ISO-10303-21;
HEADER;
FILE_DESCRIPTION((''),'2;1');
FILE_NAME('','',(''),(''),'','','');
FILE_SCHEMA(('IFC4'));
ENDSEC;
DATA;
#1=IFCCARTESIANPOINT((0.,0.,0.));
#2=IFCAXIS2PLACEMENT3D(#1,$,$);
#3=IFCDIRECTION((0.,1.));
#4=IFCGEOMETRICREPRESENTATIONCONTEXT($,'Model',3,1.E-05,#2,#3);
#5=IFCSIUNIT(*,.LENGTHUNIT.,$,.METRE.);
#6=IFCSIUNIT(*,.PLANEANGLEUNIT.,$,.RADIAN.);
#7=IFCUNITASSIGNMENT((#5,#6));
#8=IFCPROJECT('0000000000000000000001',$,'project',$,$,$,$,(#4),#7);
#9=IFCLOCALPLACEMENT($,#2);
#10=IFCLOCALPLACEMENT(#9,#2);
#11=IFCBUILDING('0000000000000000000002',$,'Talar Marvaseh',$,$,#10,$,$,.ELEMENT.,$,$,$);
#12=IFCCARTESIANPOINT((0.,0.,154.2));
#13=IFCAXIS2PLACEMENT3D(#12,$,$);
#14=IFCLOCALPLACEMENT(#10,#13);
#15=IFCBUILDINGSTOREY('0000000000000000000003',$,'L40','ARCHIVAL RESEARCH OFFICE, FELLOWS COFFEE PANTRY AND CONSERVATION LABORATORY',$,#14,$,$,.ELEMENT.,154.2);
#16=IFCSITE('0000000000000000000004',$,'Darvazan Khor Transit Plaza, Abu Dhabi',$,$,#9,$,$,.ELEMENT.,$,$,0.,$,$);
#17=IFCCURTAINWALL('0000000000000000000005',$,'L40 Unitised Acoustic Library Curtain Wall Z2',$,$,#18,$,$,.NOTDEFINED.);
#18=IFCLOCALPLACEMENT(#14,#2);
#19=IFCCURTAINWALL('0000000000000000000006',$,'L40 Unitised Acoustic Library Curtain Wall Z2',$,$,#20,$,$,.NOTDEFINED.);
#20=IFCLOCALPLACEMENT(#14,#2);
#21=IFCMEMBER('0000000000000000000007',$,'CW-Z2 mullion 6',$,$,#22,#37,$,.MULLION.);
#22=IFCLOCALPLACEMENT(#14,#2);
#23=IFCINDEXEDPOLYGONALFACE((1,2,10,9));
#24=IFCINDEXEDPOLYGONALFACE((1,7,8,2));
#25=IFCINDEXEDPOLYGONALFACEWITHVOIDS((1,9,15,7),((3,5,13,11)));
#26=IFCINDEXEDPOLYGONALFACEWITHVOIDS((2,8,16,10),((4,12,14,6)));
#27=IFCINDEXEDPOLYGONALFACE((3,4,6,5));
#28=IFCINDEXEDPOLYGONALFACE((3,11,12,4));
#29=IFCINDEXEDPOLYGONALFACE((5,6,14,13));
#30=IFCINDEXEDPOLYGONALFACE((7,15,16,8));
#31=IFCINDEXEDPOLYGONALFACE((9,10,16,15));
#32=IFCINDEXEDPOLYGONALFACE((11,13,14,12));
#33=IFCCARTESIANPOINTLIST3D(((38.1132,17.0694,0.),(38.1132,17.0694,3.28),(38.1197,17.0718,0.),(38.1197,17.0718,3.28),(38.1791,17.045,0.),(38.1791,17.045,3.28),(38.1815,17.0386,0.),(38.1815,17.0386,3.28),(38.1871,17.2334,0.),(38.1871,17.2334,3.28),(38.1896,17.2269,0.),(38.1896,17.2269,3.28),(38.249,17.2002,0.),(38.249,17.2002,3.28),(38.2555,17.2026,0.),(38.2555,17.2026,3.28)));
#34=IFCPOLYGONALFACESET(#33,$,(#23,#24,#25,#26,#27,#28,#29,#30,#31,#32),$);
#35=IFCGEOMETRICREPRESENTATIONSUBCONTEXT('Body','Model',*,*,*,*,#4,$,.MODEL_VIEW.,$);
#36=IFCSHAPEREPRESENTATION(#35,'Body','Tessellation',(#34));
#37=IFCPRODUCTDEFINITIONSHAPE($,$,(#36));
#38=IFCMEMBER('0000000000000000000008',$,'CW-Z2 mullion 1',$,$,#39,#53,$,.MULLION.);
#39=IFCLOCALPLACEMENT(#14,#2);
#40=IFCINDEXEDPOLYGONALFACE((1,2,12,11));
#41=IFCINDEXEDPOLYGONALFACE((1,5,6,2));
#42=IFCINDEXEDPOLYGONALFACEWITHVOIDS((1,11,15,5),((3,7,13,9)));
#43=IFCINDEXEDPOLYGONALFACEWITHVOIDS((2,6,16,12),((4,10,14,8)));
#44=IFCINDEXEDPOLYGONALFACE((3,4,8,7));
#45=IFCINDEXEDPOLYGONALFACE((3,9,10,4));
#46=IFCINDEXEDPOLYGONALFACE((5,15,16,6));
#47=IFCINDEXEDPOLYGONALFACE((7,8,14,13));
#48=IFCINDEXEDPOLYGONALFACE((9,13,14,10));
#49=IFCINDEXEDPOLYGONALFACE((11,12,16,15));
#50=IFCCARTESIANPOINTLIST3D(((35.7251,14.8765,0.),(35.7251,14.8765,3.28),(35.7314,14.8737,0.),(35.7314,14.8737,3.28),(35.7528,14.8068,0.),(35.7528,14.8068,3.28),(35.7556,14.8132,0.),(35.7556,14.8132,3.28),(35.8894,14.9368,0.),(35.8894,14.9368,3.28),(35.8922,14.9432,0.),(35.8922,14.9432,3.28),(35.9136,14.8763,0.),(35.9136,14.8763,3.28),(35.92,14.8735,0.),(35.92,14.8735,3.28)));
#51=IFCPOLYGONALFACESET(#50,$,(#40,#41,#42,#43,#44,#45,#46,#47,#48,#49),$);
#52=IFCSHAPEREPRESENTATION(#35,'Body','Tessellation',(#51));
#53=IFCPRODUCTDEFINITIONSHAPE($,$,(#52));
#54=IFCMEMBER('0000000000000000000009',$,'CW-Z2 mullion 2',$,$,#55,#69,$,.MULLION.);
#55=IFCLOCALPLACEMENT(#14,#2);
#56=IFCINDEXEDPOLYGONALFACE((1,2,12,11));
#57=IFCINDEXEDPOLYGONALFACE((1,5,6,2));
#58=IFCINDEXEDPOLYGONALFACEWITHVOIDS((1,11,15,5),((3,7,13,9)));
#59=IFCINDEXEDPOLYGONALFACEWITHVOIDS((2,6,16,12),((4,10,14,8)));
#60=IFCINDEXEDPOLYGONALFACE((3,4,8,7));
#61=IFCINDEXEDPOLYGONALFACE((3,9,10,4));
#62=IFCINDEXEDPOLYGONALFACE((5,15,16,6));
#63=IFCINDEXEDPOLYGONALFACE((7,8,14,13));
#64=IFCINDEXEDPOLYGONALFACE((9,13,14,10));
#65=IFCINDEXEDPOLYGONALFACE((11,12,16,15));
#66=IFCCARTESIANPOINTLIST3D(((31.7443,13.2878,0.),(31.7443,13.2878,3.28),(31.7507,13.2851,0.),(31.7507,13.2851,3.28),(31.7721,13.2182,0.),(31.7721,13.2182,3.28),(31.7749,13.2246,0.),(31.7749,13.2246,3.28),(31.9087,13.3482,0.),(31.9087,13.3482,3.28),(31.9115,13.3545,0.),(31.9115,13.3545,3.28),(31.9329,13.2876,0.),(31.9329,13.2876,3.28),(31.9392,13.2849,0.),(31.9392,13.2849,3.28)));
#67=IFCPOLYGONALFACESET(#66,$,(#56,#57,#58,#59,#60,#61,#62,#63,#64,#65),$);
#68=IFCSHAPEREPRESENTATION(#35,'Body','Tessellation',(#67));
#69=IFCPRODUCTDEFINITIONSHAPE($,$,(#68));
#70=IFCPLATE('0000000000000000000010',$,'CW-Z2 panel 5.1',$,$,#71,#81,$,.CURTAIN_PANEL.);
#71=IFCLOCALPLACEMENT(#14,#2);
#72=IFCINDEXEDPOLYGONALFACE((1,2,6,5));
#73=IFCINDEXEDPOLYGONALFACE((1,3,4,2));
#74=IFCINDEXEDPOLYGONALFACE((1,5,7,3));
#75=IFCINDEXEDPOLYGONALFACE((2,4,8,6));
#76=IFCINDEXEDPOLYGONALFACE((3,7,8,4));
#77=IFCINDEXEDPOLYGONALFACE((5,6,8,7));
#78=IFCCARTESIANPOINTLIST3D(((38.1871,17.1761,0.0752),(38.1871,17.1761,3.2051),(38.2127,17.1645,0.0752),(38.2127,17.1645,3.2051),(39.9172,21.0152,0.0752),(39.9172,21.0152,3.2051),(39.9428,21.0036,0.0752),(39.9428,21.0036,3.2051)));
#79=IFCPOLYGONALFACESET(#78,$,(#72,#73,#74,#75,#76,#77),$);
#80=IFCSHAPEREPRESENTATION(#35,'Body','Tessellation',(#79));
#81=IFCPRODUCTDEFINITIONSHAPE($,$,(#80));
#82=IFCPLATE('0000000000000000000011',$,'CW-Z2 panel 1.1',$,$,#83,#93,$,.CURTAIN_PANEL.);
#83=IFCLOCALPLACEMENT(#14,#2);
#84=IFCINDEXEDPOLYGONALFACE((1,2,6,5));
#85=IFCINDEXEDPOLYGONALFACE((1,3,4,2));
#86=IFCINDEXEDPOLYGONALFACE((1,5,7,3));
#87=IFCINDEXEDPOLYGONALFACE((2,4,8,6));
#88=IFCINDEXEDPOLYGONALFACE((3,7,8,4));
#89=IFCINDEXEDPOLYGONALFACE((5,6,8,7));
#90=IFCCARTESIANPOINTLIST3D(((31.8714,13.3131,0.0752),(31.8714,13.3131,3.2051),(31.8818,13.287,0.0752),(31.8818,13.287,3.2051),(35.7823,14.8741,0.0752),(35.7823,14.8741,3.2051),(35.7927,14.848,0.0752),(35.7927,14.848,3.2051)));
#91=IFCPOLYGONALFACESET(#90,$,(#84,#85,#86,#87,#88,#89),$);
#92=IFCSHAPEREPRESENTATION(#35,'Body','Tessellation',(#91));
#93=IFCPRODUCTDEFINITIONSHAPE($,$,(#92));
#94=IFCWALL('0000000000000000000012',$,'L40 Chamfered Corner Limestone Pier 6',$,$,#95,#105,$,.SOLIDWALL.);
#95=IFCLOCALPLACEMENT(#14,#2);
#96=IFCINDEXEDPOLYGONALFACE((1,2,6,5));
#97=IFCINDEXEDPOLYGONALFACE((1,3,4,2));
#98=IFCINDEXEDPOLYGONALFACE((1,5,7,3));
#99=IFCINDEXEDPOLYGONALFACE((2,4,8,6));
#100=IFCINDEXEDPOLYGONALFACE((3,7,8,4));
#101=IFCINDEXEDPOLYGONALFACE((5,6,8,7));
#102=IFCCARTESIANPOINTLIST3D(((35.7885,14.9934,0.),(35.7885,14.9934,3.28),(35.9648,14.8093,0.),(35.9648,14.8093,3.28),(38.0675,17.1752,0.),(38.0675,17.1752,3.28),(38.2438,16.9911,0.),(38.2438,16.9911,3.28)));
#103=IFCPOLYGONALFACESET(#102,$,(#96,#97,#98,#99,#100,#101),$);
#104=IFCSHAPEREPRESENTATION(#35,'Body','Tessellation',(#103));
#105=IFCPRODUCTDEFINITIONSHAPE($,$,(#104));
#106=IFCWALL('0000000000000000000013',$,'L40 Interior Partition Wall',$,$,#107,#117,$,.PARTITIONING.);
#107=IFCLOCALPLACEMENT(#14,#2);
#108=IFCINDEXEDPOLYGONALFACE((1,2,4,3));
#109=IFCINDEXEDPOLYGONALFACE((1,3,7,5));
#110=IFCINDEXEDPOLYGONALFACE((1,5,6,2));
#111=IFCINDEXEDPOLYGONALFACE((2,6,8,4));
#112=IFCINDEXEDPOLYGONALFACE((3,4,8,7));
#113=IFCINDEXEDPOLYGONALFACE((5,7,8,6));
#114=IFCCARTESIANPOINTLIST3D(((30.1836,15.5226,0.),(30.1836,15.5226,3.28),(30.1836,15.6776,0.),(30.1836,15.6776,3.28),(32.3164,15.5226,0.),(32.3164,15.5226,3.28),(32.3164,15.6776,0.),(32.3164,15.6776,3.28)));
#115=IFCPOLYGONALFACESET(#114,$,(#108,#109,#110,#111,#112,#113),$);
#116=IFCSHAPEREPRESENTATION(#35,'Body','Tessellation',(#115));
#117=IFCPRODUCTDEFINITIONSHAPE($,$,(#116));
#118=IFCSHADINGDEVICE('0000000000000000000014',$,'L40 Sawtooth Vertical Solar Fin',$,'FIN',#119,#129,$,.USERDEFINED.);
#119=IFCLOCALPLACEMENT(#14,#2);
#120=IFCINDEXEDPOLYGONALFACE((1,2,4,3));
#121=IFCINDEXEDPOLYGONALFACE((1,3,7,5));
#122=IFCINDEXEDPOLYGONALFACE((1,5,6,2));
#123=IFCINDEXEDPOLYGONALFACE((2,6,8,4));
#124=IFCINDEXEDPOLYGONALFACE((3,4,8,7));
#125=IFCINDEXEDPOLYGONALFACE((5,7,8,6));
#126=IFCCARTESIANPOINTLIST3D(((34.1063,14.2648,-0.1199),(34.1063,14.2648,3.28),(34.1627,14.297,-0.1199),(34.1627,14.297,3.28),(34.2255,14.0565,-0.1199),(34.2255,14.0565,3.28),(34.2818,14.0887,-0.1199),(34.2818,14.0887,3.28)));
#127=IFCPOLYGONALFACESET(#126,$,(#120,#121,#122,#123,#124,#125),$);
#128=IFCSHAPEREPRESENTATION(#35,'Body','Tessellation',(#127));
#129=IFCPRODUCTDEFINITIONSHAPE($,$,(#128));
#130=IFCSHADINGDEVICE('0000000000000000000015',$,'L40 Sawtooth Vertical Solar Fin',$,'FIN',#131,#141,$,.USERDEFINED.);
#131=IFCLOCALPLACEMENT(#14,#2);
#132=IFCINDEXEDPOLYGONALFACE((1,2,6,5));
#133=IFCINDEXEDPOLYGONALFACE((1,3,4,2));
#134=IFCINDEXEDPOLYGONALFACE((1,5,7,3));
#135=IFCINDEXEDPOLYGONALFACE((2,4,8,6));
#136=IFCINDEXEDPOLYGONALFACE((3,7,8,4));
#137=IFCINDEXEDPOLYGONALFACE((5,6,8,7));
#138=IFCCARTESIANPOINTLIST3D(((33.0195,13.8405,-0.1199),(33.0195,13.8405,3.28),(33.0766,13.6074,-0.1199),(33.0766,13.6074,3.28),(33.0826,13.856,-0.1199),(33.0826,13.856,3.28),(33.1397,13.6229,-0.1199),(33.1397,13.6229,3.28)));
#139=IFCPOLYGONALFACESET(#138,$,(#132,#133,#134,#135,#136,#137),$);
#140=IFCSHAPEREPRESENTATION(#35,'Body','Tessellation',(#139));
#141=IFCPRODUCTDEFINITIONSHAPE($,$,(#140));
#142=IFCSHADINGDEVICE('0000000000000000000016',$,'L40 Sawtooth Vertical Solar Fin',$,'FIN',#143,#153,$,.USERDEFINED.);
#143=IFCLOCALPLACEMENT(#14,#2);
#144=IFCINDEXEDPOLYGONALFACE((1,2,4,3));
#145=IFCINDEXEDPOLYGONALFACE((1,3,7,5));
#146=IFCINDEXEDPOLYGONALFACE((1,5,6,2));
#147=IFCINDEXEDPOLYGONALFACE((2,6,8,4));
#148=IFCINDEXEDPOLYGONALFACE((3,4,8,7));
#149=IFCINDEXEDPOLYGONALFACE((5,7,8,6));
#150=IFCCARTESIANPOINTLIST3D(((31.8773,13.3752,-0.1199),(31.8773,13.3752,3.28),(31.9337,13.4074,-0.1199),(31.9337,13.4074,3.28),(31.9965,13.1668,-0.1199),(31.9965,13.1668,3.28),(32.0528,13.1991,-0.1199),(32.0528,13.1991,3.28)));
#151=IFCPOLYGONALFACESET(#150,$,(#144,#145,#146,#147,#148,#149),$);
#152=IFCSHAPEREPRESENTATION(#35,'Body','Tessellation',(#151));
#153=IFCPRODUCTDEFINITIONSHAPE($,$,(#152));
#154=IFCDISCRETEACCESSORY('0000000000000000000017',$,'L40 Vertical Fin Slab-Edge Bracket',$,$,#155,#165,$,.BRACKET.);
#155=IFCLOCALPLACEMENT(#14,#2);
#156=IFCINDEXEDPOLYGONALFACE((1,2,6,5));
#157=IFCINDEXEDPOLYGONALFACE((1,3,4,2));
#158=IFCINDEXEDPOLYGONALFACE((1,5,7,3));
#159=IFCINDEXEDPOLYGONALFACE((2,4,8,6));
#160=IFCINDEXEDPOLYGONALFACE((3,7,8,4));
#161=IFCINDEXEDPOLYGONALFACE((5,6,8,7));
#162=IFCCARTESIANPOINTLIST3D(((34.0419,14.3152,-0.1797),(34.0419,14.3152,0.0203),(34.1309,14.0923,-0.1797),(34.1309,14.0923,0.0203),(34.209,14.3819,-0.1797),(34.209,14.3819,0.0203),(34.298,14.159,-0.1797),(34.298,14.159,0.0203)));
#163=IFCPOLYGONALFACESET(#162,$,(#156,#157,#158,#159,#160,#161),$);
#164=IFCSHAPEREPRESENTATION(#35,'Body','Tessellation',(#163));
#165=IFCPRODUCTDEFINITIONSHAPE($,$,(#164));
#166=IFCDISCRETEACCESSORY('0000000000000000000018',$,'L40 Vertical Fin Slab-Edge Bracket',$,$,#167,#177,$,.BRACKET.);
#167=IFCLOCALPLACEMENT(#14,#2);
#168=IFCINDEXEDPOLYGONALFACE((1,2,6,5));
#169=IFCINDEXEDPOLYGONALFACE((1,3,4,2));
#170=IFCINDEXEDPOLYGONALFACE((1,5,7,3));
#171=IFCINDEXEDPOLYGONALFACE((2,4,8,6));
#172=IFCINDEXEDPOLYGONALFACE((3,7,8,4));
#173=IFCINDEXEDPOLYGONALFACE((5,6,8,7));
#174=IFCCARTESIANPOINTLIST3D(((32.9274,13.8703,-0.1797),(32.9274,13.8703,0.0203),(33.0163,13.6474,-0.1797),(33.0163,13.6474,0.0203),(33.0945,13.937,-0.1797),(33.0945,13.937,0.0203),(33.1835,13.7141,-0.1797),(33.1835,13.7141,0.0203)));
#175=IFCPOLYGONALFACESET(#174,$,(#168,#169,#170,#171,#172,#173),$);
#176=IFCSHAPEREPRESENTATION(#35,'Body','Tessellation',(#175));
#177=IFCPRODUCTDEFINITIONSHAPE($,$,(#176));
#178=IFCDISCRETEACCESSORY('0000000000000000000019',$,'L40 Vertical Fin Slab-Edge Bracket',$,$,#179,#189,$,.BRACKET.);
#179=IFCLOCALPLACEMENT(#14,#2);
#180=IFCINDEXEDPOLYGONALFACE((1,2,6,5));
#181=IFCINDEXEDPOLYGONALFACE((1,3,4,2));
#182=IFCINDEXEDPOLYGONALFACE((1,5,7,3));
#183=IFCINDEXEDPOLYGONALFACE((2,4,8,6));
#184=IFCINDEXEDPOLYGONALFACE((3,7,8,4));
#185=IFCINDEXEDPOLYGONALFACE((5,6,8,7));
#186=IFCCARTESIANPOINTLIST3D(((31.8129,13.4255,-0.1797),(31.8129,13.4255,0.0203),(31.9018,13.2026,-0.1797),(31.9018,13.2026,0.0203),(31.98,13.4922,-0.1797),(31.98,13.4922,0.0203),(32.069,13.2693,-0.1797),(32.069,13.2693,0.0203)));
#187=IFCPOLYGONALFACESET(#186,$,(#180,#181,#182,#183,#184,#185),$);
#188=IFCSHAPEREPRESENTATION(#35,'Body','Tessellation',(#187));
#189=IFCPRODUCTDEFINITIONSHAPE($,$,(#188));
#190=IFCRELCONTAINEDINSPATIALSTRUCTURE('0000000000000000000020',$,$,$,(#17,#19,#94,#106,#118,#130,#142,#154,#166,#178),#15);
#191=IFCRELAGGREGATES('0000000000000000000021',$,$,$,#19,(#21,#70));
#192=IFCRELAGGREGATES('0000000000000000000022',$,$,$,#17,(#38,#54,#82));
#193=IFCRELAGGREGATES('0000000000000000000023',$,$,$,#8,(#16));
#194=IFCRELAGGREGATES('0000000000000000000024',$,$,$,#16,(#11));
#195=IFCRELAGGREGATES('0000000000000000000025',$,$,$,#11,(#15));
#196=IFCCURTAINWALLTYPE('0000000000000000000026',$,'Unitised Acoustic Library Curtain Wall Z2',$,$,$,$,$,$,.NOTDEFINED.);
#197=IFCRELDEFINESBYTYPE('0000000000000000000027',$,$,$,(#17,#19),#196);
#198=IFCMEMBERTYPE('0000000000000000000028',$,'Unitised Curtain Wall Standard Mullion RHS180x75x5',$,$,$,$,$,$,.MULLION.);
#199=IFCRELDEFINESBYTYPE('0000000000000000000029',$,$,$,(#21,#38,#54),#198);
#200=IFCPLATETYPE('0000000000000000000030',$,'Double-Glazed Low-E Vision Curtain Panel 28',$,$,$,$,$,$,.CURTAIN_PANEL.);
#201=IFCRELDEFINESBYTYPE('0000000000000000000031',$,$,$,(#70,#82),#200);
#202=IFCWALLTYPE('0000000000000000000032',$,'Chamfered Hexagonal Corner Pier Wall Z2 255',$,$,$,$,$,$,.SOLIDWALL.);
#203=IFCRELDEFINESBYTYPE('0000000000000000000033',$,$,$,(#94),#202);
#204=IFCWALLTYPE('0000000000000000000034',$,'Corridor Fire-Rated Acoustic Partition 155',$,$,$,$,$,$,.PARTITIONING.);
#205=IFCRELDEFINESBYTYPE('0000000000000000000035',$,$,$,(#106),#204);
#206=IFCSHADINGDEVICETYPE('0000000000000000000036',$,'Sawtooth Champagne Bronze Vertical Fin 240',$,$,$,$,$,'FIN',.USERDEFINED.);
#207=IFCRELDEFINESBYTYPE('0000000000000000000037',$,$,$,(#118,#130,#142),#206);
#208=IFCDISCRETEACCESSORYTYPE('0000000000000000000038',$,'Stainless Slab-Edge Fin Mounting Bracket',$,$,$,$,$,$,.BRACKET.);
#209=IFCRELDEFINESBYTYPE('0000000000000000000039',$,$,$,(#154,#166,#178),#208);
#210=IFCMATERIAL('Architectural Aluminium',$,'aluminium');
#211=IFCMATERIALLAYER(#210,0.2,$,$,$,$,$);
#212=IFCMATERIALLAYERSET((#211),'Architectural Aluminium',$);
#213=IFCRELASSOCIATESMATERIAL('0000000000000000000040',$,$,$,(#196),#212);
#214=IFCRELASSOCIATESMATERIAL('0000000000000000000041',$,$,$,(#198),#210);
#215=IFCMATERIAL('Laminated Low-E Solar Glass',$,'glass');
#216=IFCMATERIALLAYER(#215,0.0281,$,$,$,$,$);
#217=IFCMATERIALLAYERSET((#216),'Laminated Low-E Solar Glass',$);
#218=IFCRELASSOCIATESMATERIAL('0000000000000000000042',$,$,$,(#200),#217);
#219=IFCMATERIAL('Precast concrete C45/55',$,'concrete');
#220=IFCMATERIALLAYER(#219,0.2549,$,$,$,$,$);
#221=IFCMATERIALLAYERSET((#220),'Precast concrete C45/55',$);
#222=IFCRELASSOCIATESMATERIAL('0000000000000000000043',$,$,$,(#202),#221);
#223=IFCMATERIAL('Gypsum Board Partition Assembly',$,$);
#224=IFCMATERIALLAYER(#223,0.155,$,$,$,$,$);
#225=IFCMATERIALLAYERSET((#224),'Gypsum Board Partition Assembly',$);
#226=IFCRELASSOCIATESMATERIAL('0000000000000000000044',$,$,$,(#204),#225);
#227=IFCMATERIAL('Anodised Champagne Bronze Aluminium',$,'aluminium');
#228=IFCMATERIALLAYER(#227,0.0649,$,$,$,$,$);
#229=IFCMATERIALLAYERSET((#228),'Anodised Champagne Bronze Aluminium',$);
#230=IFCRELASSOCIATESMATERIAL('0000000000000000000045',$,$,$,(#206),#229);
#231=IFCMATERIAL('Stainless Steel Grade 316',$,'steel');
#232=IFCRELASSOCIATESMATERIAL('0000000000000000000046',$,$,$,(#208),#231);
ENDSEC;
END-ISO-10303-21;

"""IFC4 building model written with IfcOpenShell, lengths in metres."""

from ifc_helpers import new_model, si_unit, direction, frame, frame_2d, origin, origin_2d, place, context, subcontext, project, spatial, rectangle, hollow_rectangle, extrude, source, transform, mapped, material, layer, layer_set, material_profile, profile_set, type_object, type_shapes, element, aggregate, save


model = new_model("IFC4")

# Units and contexts
model_context = context("Model", 3, precision=1e-05, world=origin(), true_north=direction((0.0, 1.0)))
body_context = subcontext(model_context, "Body", "Model", "MODEL_VIEW")
ifc_project = project(units=[si_unit("LENGTHUNIT", "METRE"), si_unit("PLANEANGLEUNIT", "RADIAN")], contexts=[model_context])

# Site, building, storey
site_placement = place(None, origin())
site = spatial("IfcSite", under=ifc_project, at=site_placement, Name="Darvazan Khor Transit Plaza, Abu Dhabi", CompositionType="ELEMENT", RefElevation=0.0)
building_placement = place(site_placement, origin())
building = spatial("IfcBuilding", under=site, at=building_placement, Name="Talar Marvaseh", CompositionType="ELEMENT")
storey_placement = place(building_placement, frame((0.0, 0.0, 154.2)))
storey = spatial("IfcBuildingStorey", under=building, at=storey_placement, Name="L40", Description="ARCHIVAL RESEARCH OFFICE, FELLOWS COFFEE PANTRY AND CONSERVATION LABORATORY", CompositionType="ELEMENT", Elevation=154.2)

# Curtain wall
ifc_material_1 = material(Name="Architectural Aluminium", Category="aluminium")
ifc_layer_1 = layer(ifc_material_1, 0.2)
ifc_layer_set_1 = layer_set([ifc_layer_1], Name="Architectural Aluminium")
curtain_wall_type = type_object("IfcCurtainWallType", Name="Unitised Acoustic Library Curtain Wall Z2", PredefinedType="NOTDEFINED", material=ifc_layer_set_1)
curtain_wall_1_placement = place(storey_placement, origin())
curtain_wall_1 = element("IfcCurtainWall", 1, at=curtain_wall_1_placement, inside=storey, type_object=curtain_wall_type, Name="L40 Unitised Acoustic Library Curtain Wall Z2", PredefinedType="NOTDEFINED")

# Curtain wall, member
curtain_wall_2_placement = place(storey_placement, origin())
curtain_wall_2 = element("IfcCurtainWall", 2, at=curtain_wall_2_placement, inside=storey, type_object=curtain_wall_type, Name="L40 Unitised Acoustic Library Curtain Wall Z2", PredefinedType="NOTDEFINED")
ifc_material_profile_1 = material_profile(ifc_material_1, hollow_rectangle(XDim=0.075, YDim=0.1799, WallThickness=0.0049, at=origin_2d()), Name="RHS180x75x5")
ifc_profile_set_1 = profile_set([ifc_material_profile_1], Name="Architectural Aluminium")
member_type_1 = type_object("IfcMemberType", Name="Unitised Curtain Wall Standard Mullion RHS180x75x5", PredefinedType="MULLION", material=ifc_profile_set_1)
shared_shape_1 = source(origin(), body_context, "Body", "SweptSolid", [
    extrude(hollow_rectangle(XDim=0.075, YDim=0.1799, WallThickness=0.0049, at=origin_2d()), origin(), (0.0, 0.0, 1.0), 3.28),
])
type_shapes(member_type_1, [shared_shape_1])
member_1_placement = place(storey_placement, frame((38.1843, 17.136, 0.0), z_axis=(0.0, 0.0, 1.0), x_axis=(0.911697, -0.410862, 0.0)))
member_1 = element("IfcMember", 3, at=member_1_placement, type_object=member_type_1, Name="CW-Z2 mullion 6", PredefinedType="MULLION", context=body_context, shape_type="MappedRepresentation", body=[
    mapped(shared_shape_1, transform((0.0, 0.0, 0.0), x_axis=(1.0, 0.0, 0.0), y_axis=(0.0, 1.0, 0.0), z_axis=(0.0, 0.0, 1.0), scale=1.0)),
])

# Members
member_2_placement = place(storey_placement, frame((35.8225, 14.875, 0.0), z_axis=(0.0, 0.0, 1.0), x_axis=(0.370702, -0.928752, 0.0)))
member_2 = element("IfcMember", 4, at=member_2_placement, type_object=member_type_1, Name="CW-Z2 mullion 1", PredefinedType="MULLION", context=body_context, shape_type="MappedRepresentation", body=[
    mapped(shared_shape_1, transform((0.0, 0.0, 0.0), x_axis=(1.0, 0.0, 0.0), y_axis=(0.0, 1.0, 0.0), z_axis=(0.0, 0.0, 1.0), scale=1.0)),
])
member_3_placement = place(storey_placement, frame((31.8418, 13.2864, 0.0), z_axis=(0.0, 0.0, 1.0), x_axis=(0.370702, -0.928752, 0.0)))
member_3 = element("IfcMember", 5, at=member_3_placement, type_object=member_type_1, Name="CW-Z2 mullion 2", PredefinedType="MULLION", context=body_context, shape_type="MappedRepresentation", body=[
    mapped(shared_shape_1, transform((0.0, 0.0, 0.0), x_axis=(1.0, 0.0, 0.0), y_axis=(0.0, 1.0, 0.0), z_axis=(0.0, 0.0, 1.0), scale=1.0)),
])

# Plates
ifc_material_2 = material(Name="Laminated Low-E Solar Glass", Category="glass")
ifc_layer_2 = layer(ifc_material_2, 0.0281)
ifc_layer_set_2 = layer_set([ifc_layer_2], Name="Laminated Low-E Solar Glass")
plate_type = type_object("IfcPlateType", Name="Double-Glazed Low-E Vision Curtain Panel 28", PredefinedType="CURTAIN_PANEL", material=ifc_layer_set_2)
shared_shape_2 = source(origin(), body_context, "Body", "SweptSolid", [
    extrude(rectangle(XDim=4.2109, YDim=0.0281, at=origin_2d()), origin(), (0.0, 0.0, 1.0), 3.1299),
])
type_shapes(plate_type, [shared_shape_2])
plate_1_placement = place(storey_placement, frame((39.0649, 19.0898, 0.0752), z_axis=(0.0, 0.0, 1.0), x_axis=(-0.410862, -0.911697, 0.0)))
plate_1 = element("IfcPlate", 6, at=plate_1_placement, type_object=plate_type, Name="CW-Z2 panel 5.1", PredefinedType="CURTAIN_PANEL", context=body_context, shape_type="MappedRepresentation", body=[
    mapped(shared_shape_2, transform((0.0, 0.0, 0.0), x_axis=(1.0, 0.0, 0.0), y_axis=(0.0, 1.0, 0.0), z_axis=(0.0, 0.0, 1.0), scale=1.0)),
])
aggregate(curtain_wall_2, [member_1, plate_1])
plate_2_placement = place(storey_placement, frame((33.832, 14.0806, 0.0752), z_axis=(0.0, 0.0, 1.0), x_axis=(-0.928752, -0.370702, 0.0)))
plate_2 = element("IfcPlate", 7, at=plate_2_placement, type_object=plate_type, Name="CW-Z2 panel 1.1", PredefinedType="CURTAIN_PANEL", context=body_context, shape_type="MappedRepresentation", body=[
    mapped(shared_shape_2, transform((0.0, 0.0, 0.0), x_axis=(1.0, 0.0, 0.0), y_axis=(0.0, 1.0, 0.0), z_axis=(0.0, 0.0, 1.0), scale=1.0)),
])
aggregate(curtain_wall_1, [member_2, member_3, plate_2])

# Walls
ifc_material_3 = material(Name="Precast concrete C45/55", Category="concrete")
ifc_layer_3 = layer(ifc_material_3, 0.2549)
ifc_layer_set_3 = layer_set([ifc_layer_3], Name="Precast concrete C45/55")
wall_type_1 = type_object("IfcWallType", Name="Chamfered Hexagonal Corner Pier Wall Z2 255", PredefinedType="SOLIDWALL", material=ifc_layer_set_3)
wall_1_placement = place(storey_placement, frame((38.1558, 17.0833, 0.0), z_axis=(0.0, 0.0, 1.0), x_axis=(-0.722338, -0.691541, 0.0)))
element("IfcWall", 8, at=wall_1_placement, inside=storey, type_object=wall_type_1, Name="L40 Chamfered Corner Limestone Pier 6", PredefinedType="SOLIDWALL", context=body_context, shape_type="SweptSolid", body=[
    extrude(rectangle(XDim=3.155, YDim=0.2549, at=frame_2d((1.5776, 0.0))), origin(), (0.0, 0.0, 1.0), 3.28),
])
ifc_material_4 = material(Name="Gypsum Board Partition Assembly")
ifc_layer_4 = layer(ifc_material_4, 0.155)
ifc_layer_set_4 = layer_set([ifc_layer_4], Name="Gypsum Board Partition Assembly")
wall_type_2 = type_object("IfcWallType", Name="Corridor Fire-Rated Acoustic Partition 155", PredefinedType="PARTITIONING", material=ifc_layer_set_4)
wall_2_placement = place(storey_placement, frame((32.3164, 15.6001, 0.0), z_axis=(0.0, 0.0, 1.0), x_axis=(-1.0, 0.0, 0.0)))
element("IfcWall", 9, at=wall_2_placement, inside=storey, type_object=wall_type_2, Name="L40 Interior Partition Wall", PredefinedType="PARTITIONING", context=body_context, shape_type="SweptSolid", body=[
    extrude(rectangle(XDim=2.1328, YDim=0.155, at=frame_2d((1.0664, 0.0))), origin(), (0.0, 0.0, 1.0), 3.28),
])

# Shading devices
ifc_material_5 = material(Name="Anodised Champagne Bronze Aluminium", Category="aluminium")
ifc_layer_5 = layer(ifc_material_5, 0.0649)
ifc_layer_set_5 = layer_set([ifc_layer_5], Name="Anodised Champagne Bronze Aluminium")
shading_device_type = type_object("IfcShadingDeviceType", Name="Sawtooth Champagne Bronze Vertical Fin 240", ElementType="FIN", PredefinedType="USERDEFINED", material=ifc_layer_set_5)
shared_shape_3 = source(origin(), body_context, "Body", "SweptSolid", [
    extrude(rectangle(XDim=0.24, YDim=0.0649, at=origin_2d()), origin(), (0.0, 0.0, 1.0), 3.3999),
])
type_shapes(shading_device_type, [shared_shape_3])
for number, where, z_axis, x_axis, name in (
    (10, (34.1941, 14.1768, -0.1199), (0.0, 0.0, 1.0), (0.496368, -0.868112, 0.0), "L40 Sawtooth Vertical Solar Fin"),
    (11, (33.0796, 13.7317, -0.1199), (0.0, 0.0, 1.0), (0.237855, -0.971301, 0.0), "L40 Sawtooth Vertical Solar Fin"),
    (12, (31.9651, 13.2871, -0.1199), (0.0, 0.0, 1.0), (0.496368, -0.868112, 0.0), "L40 Sawtooth Vertical Solar Fin"),
):
    element("IfcShadingDevice", number, at=place(storey_placement, frame(where, z_axis=z_axis, x_axis=x_axis)), inside=storey, type_object=shading_device_type, Name=name, ObjectType="FIN", PredefinedType="USERDEFINED", context=body_context, shape_type="MappedRepresentation", body=[
        mapped(shared_shape_3, transform((0.0, 0.0, 0.0), x_axis=(1.0, 0.0, 0.0), y_axis=(0.0, 1.0, 0.0), z_axis=(0.0, 0.0, 1.0), scale=1.0)),
    ])

# Discrete accessories
ifc_material_6 = material(Name="Stainless Steel Grade 316", Category="steel")
discrete_accessory_type = type_object("IfcDiscreteAccessoryType", Name="Stainless Slab-Edge Fin Mounting Bracket", PredefinedType="BRACKET", material=ifc_material_6)
shared_shape_4 = source(origin(), body_context, "Body", "SweptSolid", [
    extrude(rectangle(XDim=0.24, YDim=0.1799, at=origin_2d()), origin(), (0.0, 0.0, 1.0), 0.2),
])
type_shapes(discrete_accessory_type, [shared_shape_4])
for number, where, z_axis, x_axis, name in (
    (13, (34.1699, 14.2371, -0.1797), (0.0, 0.0, 1.0), (0.37072, -0.928745, 0.0), "L40 Vertical Fin Slab-Edge Bracket"),
    (14, (33.0554, 13.7922, -0.1797), (0.0, 0.0, 1.0), (0.37072, -0.928745, 0.0), "L40 Vertical Fin Slab-Edge Bracket"),
    (15, (31.9409, 13.3474, -0.1797), (0.0, 0.0, 1.0), (0.37072, -0.928745, 0.0), "L40 Vertical Fin Slab-Edge Bracket"),
):
    element("IfcDiscreteAccessory", number, at=place(storey_placement, frame(where, z_axis=z_axis, x_axis=x_axis)), inside=storey, type_object=discrete_accessory_type, Name=name, PredefinedType="BRACKET", context=body_context, shape_type="MappedRepresentation", body=[
        mapped(shared_shape_4, transform((0.0, 0.0, 0.0), x_axis=(1.0, 0.0, 0.0), y_axis=(0.0, 1.0, 0.0), z_axis=(0.0, 0.0, 1.0), scale=1.0)),
    ])

save(model, "model.ifc")
